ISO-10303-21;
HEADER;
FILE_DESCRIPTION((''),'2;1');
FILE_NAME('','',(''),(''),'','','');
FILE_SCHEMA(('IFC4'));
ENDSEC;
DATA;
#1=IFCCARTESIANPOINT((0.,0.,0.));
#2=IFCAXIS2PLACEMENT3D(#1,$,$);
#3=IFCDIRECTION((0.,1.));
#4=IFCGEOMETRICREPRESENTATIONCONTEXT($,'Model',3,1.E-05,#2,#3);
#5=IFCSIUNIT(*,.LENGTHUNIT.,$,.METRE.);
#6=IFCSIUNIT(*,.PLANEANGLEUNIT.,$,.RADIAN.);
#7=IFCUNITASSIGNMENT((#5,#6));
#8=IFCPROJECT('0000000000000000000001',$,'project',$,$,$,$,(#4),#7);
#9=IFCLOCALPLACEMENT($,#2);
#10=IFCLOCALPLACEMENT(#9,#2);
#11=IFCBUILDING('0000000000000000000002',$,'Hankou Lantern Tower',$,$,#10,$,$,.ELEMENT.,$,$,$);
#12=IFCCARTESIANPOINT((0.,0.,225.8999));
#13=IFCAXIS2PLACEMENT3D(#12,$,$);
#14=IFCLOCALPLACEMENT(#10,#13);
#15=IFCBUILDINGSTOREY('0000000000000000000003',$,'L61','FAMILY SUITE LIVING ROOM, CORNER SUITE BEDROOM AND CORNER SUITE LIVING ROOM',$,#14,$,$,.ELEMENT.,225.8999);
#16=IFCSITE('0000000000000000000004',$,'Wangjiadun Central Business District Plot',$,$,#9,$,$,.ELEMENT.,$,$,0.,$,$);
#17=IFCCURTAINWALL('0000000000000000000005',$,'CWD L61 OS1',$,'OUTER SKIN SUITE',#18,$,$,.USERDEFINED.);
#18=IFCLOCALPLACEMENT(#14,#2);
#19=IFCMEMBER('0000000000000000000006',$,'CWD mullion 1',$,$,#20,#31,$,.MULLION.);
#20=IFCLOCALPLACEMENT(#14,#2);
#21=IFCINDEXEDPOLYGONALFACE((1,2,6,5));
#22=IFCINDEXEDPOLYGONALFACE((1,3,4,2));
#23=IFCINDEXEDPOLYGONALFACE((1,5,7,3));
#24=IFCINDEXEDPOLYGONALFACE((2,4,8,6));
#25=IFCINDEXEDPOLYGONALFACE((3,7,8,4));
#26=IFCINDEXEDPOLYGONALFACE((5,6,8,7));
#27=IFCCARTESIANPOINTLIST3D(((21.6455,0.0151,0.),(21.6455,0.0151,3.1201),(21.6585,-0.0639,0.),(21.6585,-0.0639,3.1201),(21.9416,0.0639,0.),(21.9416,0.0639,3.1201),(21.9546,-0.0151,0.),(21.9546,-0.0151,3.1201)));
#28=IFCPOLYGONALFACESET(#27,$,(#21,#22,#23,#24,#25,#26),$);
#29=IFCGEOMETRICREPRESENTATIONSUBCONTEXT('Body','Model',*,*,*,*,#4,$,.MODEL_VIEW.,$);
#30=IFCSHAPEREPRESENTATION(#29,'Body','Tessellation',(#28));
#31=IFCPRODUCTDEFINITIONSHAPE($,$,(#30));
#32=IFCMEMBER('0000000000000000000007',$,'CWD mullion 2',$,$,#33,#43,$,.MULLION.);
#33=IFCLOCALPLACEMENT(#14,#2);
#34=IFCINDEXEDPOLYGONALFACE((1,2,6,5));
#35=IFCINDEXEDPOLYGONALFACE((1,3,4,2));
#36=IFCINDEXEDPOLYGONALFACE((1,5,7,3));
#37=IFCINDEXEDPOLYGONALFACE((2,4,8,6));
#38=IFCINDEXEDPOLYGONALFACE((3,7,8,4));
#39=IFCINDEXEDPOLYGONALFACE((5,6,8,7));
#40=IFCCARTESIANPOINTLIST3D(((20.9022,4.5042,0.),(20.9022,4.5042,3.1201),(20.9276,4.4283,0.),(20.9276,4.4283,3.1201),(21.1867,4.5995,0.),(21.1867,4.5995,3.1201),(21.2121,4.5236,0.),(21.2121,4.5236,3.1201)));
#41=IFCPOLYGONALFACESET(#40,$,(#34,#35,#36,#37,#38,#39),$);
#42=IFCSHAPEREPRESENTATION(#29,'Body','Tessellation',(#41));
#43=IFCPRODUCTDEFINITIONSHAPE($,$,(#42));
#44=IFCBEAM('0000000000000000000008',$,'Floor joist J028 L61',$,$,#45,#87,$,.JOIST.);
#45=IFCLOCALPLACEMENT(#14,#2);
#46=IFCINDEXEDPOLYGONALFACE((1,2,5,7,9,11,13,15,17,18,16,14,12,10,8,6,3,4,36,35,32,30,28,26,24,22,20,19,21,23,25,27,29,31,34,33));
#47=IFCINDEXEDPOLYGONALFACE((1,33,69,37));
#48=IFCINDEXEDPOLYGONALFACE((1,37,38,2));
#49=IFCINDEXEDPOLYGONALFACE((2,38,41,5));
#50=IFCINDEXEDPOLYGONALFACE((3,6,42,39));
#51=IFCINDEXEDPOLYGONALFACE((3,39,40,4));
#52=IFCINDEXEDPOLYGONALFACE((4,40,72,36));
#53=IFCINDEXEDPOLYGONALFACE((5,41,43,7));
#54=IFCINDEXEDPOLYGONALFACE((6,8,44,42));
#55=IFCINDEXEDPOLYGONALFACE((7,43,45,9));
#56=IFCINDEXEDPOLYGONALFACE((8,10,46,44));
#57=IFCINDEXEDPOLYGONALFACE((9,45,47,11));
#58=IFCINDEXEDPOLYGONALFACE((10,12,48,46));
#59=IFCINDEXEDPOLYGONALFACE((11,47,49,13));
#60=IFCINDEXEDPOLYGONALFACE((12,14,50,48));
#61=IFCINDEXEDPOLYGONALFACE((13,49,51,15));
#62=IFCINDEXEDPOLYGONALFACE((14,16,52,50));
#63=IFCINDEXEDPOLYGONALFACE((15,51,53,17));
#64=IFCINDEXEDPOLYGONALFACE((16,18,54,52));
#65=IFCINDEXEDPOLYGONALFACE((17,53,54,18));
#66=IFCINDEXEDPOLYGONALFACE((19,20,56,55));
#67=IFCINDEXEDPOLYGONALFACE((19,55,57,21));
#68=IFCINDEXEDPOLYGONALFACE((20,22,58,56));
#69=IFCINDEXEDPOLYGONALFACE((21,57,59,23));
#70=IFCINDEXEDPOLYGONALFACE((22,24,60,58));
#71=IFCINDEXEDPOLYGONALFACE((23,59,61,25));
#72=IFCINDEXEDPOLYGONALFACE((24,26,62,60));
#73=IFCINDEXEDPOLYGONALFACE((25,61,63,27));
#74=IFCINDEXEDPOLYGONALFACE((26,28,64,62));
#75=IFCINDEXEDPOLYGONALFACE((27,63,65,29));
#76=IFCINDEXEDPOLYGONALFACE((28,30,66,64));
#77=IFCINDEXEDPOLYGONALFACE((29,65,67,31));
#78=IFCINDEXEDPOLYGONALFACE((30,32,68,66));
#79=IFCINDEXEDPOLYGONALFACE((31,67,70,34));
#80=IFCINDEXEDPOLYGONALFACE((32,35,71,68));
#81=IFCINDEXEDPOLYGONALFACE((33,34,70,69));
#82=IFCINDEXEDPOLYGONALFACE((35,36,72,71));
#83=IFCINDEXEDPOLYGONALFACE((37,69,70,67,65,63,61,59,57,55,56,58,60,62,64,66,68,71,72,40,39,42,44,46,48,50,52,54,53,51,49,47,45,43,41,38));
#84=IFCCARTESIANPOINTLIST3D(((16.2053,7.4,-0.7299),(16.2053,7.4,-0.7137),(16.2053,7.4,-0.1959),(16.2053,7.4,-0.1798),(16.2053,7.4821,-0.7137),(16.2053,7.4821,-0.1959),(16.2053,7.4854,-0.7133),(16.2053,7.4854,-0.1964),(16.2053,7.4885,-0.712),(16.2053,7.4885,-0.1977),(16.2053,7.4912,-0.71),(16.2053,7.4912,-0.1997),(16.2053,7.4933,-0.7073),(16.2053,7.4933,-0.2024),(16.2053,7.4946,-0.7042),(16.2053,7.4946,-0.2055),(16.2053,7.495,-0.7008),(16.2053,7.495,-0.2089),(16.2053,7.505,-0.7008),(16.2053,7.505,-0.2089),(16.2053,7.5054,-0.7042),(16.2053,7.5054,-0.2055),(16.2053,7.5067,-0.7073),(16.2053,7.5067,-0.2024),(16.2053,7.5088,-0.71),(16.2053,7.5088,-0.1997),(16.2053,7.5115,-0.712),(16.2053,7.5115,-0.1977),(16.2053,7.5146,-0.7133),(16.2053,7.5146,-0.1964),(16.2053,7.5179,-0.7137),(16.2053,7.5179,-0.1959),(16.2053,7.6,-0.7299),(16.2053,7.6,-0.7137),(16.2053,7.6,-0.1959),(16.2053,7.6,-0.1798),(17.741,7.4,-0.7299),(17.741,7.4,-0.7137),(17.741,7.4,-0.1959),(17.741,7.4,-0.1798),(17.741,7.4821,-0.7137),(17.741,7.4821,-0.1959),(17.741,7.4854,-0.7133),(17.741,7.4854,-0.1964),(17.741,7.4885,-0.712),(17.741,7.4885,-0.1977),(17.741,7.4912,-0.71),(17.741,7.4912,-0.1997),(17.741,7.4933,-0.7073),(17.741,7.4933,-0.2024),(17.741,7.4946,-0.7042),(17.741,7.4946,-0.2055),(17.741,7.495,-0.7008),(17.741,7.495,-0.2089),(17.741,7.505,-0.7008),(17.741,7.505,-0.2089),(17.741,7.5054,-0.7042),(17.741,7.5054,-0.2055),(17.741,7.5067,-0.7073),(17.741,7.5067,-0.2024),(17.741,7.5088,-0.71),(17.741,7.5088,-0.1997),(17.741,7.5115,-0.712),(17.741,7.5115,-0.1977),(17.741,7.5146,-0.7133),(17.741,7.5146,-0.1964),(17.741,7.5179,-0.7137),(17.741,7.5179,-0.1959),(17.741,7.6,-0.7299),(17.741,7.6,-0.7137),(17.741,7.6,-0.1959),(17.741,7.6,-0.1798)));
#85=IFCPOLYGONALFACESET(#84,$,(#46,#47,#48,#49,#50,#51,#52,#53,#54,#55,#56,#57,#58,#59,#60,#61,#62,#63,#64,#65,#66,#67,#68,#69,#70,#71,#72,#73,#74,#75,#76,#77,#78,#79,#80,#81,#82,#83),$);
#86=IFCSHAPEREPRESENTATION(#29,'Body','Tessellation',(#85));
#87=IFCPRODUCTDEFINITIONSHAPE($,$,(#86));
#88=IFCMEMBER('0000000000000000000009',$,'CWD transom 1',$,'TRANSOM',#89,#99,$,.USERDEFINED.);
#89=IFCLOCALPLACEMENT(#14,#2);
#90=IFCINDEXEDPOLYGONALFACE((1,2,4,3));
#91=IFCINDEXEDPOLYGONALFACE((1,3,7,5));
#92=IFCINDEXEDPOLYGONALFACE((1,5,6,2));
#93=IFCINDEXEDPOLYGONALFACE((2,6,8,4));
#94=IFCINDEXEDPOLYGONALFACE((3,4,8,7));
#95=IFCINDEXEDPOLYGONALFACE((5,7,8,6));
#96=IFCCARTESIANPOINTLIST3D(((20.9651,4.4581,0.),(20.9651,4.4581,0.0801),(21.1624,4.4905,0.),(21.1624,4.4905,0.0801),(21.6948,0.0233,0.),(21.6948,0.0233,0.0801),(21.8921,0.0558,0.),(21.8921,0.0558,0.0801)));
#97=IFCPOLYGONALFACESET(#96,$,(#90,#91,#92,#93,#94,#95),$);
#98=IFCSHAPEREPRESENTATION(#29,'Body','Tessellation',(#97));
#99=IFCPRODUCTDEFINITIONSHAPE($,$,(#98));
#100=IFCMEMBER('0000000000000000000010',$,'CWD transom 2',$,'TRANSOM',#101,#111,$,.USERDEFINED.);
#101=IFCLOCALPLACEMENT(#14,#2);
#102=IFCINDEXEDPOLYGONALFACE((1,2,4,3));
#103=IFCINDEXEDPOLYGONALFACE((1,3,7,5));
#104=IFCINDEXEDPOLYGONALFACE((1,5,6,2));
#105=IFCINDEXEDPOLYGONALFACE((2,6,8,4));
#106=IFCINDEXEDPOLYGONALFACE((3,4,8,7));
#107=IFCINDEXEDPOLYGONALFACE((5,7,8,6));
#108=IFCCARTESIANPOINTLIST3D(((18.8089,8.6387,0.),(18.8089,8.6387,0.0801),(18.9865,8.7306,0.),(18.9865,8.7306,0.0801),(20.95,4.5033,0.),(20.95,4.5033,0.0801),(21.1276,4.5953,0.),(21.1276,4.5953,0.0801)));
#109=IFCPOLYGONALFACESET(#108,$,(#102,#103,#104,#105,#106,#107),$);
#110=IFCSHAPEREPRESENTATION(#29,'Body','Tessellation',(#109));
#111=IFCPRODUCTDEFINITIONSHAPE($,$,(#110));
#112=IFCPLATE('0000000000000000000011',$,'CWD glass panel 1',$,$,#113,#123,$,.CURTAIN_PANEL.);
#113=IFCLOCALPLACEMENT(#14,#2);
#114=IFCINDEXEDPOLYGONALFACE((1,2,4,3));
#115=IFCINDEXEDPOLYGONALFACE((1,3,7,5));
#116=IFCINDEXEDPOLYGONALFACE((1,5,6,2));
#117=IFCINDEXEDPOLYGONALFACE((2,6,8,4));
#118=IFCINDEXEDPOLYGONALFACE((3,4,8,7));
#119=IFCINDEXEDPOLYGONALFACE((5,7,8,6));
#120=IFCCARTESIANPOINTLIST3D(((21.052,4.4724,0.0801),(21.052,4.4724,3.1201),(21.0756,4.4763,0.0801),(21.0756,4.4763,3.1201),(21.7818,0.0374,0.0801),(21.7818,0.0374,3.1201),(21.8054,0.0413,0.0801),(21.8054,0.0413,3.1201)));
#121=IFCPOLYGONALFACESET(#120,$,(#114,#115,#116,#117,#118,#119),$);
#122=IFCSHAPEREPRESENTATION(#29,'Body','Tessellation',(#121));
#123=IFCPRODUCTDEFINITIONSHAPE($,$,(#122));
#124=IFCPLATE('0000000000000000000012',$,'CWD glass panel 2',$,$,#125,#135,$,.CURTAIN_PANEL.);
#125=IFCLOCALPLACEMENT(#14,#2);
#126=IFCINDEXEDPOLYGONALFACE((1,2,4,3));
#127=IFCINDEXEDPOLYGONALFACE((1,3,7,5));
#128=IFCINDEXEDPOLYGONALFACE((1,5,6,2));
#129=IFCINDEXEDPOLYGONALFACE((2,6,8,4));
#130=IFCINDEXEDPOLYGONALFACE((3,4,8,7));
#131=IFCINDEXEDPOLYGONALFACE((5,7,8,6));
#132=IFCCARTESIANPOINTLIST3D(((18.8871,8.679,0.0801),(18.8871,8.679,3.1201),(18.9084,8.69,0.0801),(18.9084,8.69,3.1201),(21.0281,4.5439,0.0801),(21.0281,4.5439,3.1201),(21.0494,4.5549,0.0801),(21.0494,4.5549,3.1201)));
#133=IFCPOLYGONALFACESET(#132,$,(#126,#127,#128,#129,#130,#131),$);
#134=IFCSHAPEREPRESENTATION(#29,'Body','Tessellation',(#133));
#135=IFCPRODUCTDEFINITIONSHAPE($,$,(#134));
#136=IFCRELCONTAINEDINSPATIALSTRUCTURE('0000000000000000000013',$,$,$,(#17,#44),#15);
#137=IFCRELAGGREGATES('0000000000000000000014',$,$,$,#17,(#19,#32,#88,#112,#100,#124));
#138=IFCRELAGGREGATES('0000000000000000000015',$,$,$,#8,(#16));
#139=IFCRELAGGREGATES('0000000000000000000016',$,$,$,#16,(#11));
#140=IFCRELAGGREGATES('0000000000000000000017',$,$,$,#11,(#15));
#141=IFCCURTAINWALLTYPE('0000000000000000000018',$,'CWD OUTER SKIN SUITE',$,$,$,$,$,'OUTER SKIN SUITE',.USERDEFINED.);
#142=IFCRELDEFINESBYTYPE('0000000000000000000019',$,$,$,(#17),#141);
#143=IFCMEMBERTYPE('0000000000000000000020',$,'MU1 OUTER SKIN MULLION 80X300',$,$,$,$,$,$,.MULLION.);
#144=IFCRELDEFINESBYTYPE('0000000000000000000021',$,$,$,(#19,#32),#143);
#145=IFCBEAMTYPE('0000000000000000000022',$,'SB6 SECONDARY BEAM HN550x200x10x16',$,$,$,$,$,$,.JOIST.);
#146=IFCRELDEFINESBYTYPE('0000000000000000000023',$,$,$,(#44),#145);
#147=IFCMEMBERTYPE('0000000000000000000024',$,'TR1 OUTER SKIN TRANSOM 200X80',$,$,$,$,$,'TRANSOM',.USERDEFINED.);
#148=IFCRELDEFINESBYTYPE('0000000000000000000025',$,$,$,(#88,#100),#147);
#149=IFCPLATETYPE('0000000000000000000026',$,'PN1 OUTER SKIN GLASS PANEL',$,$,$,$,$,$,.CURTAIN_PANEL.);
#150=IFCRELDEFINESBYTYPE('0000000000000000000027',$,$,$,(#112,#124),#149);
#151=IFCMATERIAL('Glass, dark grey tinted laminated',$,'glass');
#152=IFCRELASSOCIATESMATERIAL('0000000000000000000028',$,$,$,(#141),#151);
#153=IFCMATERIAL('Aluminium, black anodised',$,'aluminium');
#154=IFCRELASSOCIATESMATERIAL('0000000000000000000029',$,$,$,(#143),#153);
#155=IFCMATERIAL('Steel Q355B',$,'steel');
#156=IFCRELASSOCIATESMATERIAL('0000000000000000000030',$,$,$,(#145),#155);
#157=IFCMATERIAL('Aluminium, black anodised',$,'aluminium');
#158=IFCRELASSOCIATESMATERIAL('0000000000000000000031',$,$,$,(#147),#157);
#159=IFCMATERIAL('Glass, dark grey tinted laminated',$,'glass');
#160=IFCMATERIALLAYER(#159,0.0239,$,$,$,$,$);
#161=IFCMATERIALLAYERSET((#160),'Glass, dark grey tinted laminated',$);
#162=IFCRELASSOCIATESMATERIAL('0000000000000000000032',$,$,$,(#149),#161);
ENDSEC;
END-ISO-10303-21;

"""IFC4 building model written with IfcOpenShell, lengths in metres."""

from ifc_helpers import new_model, si_unit, direction, frame, origin, origin_2d, place, context, subcontext, project, spatial, rectangle, i_section, extrude, material, layer, layer_set, material_profile, profile_set, type_object, element, aggregate, save


model = new_model("IFC4")

# Units and contexts
model_context = context("Model", 3, precision=1e-05, world=origin(), true_north=direction((0.0, 1.0)))
body_context = subcontext(model_context, "Body", "Model", "MODEL_VIEW")
ifc_project = project(units=[si_unit("LENGTHUNIT", "METRE"), si_unit("PLANEANGLEUNIT", "RADIAN")], contexts=[model_context])

# Site, building, storey
site_placement = place(None, origin())
site = spatial("IfcSite", under=ifc_project, at=site_placement, Name="Wangjiadun Central Business District Plot", CompositionType="ELEMENT", RefElevation=0.0)
building_placement = place(site_placement, origin())
building = spatial("IfcBuilding", under=site, at=building_placement, Name="Hankou Lantern Tower", CompositionType="ELEMENT")
storey_placement = place(building_placement, frame((0.0, 0.0, 225.8999)))
storey = spatial("IfcBuildingStorey", under=building, at=storey_placement, Name="L61", Description="FAMILY SUITE LIVING ROOM, CORNER SUITE BEDROOM AND CORNER SUITE LIVING ROOM", CompositionType="ELEMENT", Elevation=225.8999)

# Curtain wall, members
ifc_material_1 = material(Name="Glass, dark grey tinted laminated", Category="glass")
curtain_wall_type = type_object("IfcCurtainWallType", Name="CWD OUTER SKIN SUITE", ElementType="OUTER SKIN SUITE", PredefinedType="USERDEFINED", material=ifc_material_1)
curtain_wall_placement = place(storey_placement, origin())
curtain_wall = element("IfcCurtainWall", 1, at=curtain_wall_placement, inside=storey, type_object=curtain_wall_type, Name="CWD L61 OS1", ObjectType="OUTER SKIN SUITE", PredefinedType="USERDEFINED")
ifc_material_2 = material(Name="Aluminium, black anodised", Category="aluminium")
ifc_material_profile_1 = material_profile(ifc_material_2, rectangle(XDim=0.0801, YDim=0.3, at=origin_2d()), Name="MU1 80X300")
ifc_profile_set_1 = profile_set([ifc_material_profile_1], Name="Aluminium, black anodised")
member_type_1 = type_object("IfcMemberType", Name="MU1 OUTER SKIN MULLION 80X300", PredefinedType="MULLION", material=ifc_profile_set_1)
member_1_placement = place(storey_placement, frame((21.8, 0.0, 0.0), z_axis=(0.0, 0.0, 1.0), x_axis=(-0.162382, 0.986728, 0.0)))
member_1 = element("IfcMember", 2, at=member_1_placement, type_object=member_type_1, Name="CWD mullion 1", PredefinedType="MULLION", context=body_context, shape_type="SweptSolid", body=[
    extrude(rectangle(XDim=0.0801, YDim=0.3, at=origin_2d()), origin(), (0.0, 0.0, 1.0), 3.1201),
])
member_2_placement = place(storey_placement, frame((21.0571, 4.5139, 0.0), z_axis=(0.0, 0.0, 1.0), x_axis=(-0.317596, 0.948226, 0.0)))
member_2 = element("IfcMember", 3, at=member_2_placement, type_object=member_type_1, Name="CWD mullion 2", PredefinedType="MULLION", context=body_context, shape_type="SweptSolid", body=[
    extrude(rectangle(XDim=0.0801, YDim=0.3, at=origin_2d()), origin(), (0.0, 0.0, 1.0), 3.1201),
])

# Beam
ifc_material_3 = material(Name="Steel Q355B", Category="steel")
ifc_material_profile_2 = material_profile(ifc_material_3, i_section(OverallWidth=0.2, OverallDepth=0.55, WebThickness=0.01, FlangeThickness=0.0161, FilletRadius=0.0129, at=origin_2d()), Name="HN550x200x10x16")
ifc_profile_set_2 = profile_set([ifc_material_profile_2], Name="Steel Q355B")
beam_type_1 = type_object("IfcBeamType", Name="SB6 SECONDARY BEAM HN550x200x10x16", PredefinedType="JOIST", material=ifc_profile_set_2)
beam_1_placement = place(storey_placement, frame((16.2053, 7.5, -0.4548), z_axis=(1.0, 0.0, 0.0), x_axis=(0.0, 1.0, 0.0)))
element("IfcBeam", 4, at=beam_1_placement, inside=storey, type_object=beam_type_1, Name="Floor joist J028 L61", PredefinedType="JOIST", context=body_context, shape_type="SweptSolid", body=[
    extrude(i_section(OverallWidth=0.2, OverallDepth=0.55, WebThickness=0.01, FlangeThickness=0.0161, FilletRadius=0.0129, at=origin_2d()), origin(), (0.0, 0.0, 1.0), 1.5356),
])

# Members
ifc_material_4 = material(Name="Aluminium, black anodised", Category="aluminium")
ifc_material_profile_3 = material_profile(ifc_material_4, rectangle(XDim=0.2, YDim=0.0801, at=origin_2d()), Name="TR1 200X80")
ifc_profile_set_3 = profile_set([ifc_material_profile_3], Name="Aluminium, black anodised")
member_type_2 = type_object("IfcMemberType", Name="TR1 OUTER SKIN TRANSOM 200X80", ElementType="TRANSOM", PredefinedType="USERDEFINED", material=ifc_profile_set_3)
member_3_placement = place(storey_placement, frame((21.7935, 0.0396, 0.04), z_axis=(-0.162364, 0.986731, 0.0), x_axis=(-0.986731, -0.162364, 0.0)))
member_3 = element("IfcMember", 5, at=member_3_placement, type_object=member_type_2, Name="CWD transom 1", ObjectType="TRANSOM", PredefinedType="USERDEFINED", context=body_context, shape_type="SweptSolid", body=[
    extrude(rectangle(XDim=0.2, YDim=0.0801, at=origin_2d()), origin(), (0.0, 0.0, 1.0), 4.4944),
])
member_4_placement = place(storey_placement, frame((21.0388, 4.5493, 0.04), z_axis=(-0.459794, 0.888026, 0.0), x_axis=(-0.888026, -0.459794, 0.0)))
member_4 = element("IfcMember", 6, at=member_4_placement, type_object=member_type_2, Name="CWD transom 2", ObjectType="TRANSOM", PredefinedType="USERDEFINED", context=body_context, shape_type="SweptSolid", body=[
    extrude(rectangle(XDim=0.2, YDim=0.0801, at=origin_2d()), origin(), (0.0, 0.0, 1.0), 4.6567),
])

# Plates
ifc_material_5 = material(Name="Glass, dark grey tinted laminated", Category="glass")
ifc_layer_1 = layer(ifc_material_5, 0.0239)
ifc_layer_set_1 = layer_set([ifc_layer_1], Name="Glass, dark grey tinted laminated")
plate_type = type_object("IfcPlateType", Name="PN1 OUTER SKIN GLASS PANEL", PredefinedType="CURTAIN_PANEL", material=ifc_layer_set_1)
plate_1_placement = place(storey_placement, frame((21.4287, 2.2568, 0.0801), z_axis=(0.0, 0.0, 1.0), x_axis=(-0.162382, 0.986728, 0.0)))
plate_1 = element("IfcPlate", 7, at=plate_1_placement, type_object=plate_type, Name="CWD glass panel 1", PredefinedType="CURTAIN_PANEL", context=body_context, shape_type="SweptSolid", body=[
    extrude(rectangle(XDim=4.4946, YDim=0.0239, at=origin_2d()), origin(), (0.0, 0.0, 1.0), 3.04),
])
plate_2_placement = place(storey_placement, frame((19.9683, 6.6169, 0.0801), z_axis=(0.0, 0.0, 1.0), x_axis=(-0.459791, 0.888027, 0.0)))
plate_2 = element("IfcPlate", 8, at=plate_2_placement, type_object=plate_type, Name="CWD glass panel 2", PredefinedType="CURTAIN_PANEL", context=body_context, shape_type="SweptSolid", body=[
    extrude(rectangle(XDim=4.6565, YDim=0.0239, at=origin_2d()), origin(), (0.0, 0.0, 1.0), 3.04),
])
aggregate(curtain_wall, [member_1, member_2, member_3, plate_1, member_4, plate_2])

save(model, "model.ifc")
